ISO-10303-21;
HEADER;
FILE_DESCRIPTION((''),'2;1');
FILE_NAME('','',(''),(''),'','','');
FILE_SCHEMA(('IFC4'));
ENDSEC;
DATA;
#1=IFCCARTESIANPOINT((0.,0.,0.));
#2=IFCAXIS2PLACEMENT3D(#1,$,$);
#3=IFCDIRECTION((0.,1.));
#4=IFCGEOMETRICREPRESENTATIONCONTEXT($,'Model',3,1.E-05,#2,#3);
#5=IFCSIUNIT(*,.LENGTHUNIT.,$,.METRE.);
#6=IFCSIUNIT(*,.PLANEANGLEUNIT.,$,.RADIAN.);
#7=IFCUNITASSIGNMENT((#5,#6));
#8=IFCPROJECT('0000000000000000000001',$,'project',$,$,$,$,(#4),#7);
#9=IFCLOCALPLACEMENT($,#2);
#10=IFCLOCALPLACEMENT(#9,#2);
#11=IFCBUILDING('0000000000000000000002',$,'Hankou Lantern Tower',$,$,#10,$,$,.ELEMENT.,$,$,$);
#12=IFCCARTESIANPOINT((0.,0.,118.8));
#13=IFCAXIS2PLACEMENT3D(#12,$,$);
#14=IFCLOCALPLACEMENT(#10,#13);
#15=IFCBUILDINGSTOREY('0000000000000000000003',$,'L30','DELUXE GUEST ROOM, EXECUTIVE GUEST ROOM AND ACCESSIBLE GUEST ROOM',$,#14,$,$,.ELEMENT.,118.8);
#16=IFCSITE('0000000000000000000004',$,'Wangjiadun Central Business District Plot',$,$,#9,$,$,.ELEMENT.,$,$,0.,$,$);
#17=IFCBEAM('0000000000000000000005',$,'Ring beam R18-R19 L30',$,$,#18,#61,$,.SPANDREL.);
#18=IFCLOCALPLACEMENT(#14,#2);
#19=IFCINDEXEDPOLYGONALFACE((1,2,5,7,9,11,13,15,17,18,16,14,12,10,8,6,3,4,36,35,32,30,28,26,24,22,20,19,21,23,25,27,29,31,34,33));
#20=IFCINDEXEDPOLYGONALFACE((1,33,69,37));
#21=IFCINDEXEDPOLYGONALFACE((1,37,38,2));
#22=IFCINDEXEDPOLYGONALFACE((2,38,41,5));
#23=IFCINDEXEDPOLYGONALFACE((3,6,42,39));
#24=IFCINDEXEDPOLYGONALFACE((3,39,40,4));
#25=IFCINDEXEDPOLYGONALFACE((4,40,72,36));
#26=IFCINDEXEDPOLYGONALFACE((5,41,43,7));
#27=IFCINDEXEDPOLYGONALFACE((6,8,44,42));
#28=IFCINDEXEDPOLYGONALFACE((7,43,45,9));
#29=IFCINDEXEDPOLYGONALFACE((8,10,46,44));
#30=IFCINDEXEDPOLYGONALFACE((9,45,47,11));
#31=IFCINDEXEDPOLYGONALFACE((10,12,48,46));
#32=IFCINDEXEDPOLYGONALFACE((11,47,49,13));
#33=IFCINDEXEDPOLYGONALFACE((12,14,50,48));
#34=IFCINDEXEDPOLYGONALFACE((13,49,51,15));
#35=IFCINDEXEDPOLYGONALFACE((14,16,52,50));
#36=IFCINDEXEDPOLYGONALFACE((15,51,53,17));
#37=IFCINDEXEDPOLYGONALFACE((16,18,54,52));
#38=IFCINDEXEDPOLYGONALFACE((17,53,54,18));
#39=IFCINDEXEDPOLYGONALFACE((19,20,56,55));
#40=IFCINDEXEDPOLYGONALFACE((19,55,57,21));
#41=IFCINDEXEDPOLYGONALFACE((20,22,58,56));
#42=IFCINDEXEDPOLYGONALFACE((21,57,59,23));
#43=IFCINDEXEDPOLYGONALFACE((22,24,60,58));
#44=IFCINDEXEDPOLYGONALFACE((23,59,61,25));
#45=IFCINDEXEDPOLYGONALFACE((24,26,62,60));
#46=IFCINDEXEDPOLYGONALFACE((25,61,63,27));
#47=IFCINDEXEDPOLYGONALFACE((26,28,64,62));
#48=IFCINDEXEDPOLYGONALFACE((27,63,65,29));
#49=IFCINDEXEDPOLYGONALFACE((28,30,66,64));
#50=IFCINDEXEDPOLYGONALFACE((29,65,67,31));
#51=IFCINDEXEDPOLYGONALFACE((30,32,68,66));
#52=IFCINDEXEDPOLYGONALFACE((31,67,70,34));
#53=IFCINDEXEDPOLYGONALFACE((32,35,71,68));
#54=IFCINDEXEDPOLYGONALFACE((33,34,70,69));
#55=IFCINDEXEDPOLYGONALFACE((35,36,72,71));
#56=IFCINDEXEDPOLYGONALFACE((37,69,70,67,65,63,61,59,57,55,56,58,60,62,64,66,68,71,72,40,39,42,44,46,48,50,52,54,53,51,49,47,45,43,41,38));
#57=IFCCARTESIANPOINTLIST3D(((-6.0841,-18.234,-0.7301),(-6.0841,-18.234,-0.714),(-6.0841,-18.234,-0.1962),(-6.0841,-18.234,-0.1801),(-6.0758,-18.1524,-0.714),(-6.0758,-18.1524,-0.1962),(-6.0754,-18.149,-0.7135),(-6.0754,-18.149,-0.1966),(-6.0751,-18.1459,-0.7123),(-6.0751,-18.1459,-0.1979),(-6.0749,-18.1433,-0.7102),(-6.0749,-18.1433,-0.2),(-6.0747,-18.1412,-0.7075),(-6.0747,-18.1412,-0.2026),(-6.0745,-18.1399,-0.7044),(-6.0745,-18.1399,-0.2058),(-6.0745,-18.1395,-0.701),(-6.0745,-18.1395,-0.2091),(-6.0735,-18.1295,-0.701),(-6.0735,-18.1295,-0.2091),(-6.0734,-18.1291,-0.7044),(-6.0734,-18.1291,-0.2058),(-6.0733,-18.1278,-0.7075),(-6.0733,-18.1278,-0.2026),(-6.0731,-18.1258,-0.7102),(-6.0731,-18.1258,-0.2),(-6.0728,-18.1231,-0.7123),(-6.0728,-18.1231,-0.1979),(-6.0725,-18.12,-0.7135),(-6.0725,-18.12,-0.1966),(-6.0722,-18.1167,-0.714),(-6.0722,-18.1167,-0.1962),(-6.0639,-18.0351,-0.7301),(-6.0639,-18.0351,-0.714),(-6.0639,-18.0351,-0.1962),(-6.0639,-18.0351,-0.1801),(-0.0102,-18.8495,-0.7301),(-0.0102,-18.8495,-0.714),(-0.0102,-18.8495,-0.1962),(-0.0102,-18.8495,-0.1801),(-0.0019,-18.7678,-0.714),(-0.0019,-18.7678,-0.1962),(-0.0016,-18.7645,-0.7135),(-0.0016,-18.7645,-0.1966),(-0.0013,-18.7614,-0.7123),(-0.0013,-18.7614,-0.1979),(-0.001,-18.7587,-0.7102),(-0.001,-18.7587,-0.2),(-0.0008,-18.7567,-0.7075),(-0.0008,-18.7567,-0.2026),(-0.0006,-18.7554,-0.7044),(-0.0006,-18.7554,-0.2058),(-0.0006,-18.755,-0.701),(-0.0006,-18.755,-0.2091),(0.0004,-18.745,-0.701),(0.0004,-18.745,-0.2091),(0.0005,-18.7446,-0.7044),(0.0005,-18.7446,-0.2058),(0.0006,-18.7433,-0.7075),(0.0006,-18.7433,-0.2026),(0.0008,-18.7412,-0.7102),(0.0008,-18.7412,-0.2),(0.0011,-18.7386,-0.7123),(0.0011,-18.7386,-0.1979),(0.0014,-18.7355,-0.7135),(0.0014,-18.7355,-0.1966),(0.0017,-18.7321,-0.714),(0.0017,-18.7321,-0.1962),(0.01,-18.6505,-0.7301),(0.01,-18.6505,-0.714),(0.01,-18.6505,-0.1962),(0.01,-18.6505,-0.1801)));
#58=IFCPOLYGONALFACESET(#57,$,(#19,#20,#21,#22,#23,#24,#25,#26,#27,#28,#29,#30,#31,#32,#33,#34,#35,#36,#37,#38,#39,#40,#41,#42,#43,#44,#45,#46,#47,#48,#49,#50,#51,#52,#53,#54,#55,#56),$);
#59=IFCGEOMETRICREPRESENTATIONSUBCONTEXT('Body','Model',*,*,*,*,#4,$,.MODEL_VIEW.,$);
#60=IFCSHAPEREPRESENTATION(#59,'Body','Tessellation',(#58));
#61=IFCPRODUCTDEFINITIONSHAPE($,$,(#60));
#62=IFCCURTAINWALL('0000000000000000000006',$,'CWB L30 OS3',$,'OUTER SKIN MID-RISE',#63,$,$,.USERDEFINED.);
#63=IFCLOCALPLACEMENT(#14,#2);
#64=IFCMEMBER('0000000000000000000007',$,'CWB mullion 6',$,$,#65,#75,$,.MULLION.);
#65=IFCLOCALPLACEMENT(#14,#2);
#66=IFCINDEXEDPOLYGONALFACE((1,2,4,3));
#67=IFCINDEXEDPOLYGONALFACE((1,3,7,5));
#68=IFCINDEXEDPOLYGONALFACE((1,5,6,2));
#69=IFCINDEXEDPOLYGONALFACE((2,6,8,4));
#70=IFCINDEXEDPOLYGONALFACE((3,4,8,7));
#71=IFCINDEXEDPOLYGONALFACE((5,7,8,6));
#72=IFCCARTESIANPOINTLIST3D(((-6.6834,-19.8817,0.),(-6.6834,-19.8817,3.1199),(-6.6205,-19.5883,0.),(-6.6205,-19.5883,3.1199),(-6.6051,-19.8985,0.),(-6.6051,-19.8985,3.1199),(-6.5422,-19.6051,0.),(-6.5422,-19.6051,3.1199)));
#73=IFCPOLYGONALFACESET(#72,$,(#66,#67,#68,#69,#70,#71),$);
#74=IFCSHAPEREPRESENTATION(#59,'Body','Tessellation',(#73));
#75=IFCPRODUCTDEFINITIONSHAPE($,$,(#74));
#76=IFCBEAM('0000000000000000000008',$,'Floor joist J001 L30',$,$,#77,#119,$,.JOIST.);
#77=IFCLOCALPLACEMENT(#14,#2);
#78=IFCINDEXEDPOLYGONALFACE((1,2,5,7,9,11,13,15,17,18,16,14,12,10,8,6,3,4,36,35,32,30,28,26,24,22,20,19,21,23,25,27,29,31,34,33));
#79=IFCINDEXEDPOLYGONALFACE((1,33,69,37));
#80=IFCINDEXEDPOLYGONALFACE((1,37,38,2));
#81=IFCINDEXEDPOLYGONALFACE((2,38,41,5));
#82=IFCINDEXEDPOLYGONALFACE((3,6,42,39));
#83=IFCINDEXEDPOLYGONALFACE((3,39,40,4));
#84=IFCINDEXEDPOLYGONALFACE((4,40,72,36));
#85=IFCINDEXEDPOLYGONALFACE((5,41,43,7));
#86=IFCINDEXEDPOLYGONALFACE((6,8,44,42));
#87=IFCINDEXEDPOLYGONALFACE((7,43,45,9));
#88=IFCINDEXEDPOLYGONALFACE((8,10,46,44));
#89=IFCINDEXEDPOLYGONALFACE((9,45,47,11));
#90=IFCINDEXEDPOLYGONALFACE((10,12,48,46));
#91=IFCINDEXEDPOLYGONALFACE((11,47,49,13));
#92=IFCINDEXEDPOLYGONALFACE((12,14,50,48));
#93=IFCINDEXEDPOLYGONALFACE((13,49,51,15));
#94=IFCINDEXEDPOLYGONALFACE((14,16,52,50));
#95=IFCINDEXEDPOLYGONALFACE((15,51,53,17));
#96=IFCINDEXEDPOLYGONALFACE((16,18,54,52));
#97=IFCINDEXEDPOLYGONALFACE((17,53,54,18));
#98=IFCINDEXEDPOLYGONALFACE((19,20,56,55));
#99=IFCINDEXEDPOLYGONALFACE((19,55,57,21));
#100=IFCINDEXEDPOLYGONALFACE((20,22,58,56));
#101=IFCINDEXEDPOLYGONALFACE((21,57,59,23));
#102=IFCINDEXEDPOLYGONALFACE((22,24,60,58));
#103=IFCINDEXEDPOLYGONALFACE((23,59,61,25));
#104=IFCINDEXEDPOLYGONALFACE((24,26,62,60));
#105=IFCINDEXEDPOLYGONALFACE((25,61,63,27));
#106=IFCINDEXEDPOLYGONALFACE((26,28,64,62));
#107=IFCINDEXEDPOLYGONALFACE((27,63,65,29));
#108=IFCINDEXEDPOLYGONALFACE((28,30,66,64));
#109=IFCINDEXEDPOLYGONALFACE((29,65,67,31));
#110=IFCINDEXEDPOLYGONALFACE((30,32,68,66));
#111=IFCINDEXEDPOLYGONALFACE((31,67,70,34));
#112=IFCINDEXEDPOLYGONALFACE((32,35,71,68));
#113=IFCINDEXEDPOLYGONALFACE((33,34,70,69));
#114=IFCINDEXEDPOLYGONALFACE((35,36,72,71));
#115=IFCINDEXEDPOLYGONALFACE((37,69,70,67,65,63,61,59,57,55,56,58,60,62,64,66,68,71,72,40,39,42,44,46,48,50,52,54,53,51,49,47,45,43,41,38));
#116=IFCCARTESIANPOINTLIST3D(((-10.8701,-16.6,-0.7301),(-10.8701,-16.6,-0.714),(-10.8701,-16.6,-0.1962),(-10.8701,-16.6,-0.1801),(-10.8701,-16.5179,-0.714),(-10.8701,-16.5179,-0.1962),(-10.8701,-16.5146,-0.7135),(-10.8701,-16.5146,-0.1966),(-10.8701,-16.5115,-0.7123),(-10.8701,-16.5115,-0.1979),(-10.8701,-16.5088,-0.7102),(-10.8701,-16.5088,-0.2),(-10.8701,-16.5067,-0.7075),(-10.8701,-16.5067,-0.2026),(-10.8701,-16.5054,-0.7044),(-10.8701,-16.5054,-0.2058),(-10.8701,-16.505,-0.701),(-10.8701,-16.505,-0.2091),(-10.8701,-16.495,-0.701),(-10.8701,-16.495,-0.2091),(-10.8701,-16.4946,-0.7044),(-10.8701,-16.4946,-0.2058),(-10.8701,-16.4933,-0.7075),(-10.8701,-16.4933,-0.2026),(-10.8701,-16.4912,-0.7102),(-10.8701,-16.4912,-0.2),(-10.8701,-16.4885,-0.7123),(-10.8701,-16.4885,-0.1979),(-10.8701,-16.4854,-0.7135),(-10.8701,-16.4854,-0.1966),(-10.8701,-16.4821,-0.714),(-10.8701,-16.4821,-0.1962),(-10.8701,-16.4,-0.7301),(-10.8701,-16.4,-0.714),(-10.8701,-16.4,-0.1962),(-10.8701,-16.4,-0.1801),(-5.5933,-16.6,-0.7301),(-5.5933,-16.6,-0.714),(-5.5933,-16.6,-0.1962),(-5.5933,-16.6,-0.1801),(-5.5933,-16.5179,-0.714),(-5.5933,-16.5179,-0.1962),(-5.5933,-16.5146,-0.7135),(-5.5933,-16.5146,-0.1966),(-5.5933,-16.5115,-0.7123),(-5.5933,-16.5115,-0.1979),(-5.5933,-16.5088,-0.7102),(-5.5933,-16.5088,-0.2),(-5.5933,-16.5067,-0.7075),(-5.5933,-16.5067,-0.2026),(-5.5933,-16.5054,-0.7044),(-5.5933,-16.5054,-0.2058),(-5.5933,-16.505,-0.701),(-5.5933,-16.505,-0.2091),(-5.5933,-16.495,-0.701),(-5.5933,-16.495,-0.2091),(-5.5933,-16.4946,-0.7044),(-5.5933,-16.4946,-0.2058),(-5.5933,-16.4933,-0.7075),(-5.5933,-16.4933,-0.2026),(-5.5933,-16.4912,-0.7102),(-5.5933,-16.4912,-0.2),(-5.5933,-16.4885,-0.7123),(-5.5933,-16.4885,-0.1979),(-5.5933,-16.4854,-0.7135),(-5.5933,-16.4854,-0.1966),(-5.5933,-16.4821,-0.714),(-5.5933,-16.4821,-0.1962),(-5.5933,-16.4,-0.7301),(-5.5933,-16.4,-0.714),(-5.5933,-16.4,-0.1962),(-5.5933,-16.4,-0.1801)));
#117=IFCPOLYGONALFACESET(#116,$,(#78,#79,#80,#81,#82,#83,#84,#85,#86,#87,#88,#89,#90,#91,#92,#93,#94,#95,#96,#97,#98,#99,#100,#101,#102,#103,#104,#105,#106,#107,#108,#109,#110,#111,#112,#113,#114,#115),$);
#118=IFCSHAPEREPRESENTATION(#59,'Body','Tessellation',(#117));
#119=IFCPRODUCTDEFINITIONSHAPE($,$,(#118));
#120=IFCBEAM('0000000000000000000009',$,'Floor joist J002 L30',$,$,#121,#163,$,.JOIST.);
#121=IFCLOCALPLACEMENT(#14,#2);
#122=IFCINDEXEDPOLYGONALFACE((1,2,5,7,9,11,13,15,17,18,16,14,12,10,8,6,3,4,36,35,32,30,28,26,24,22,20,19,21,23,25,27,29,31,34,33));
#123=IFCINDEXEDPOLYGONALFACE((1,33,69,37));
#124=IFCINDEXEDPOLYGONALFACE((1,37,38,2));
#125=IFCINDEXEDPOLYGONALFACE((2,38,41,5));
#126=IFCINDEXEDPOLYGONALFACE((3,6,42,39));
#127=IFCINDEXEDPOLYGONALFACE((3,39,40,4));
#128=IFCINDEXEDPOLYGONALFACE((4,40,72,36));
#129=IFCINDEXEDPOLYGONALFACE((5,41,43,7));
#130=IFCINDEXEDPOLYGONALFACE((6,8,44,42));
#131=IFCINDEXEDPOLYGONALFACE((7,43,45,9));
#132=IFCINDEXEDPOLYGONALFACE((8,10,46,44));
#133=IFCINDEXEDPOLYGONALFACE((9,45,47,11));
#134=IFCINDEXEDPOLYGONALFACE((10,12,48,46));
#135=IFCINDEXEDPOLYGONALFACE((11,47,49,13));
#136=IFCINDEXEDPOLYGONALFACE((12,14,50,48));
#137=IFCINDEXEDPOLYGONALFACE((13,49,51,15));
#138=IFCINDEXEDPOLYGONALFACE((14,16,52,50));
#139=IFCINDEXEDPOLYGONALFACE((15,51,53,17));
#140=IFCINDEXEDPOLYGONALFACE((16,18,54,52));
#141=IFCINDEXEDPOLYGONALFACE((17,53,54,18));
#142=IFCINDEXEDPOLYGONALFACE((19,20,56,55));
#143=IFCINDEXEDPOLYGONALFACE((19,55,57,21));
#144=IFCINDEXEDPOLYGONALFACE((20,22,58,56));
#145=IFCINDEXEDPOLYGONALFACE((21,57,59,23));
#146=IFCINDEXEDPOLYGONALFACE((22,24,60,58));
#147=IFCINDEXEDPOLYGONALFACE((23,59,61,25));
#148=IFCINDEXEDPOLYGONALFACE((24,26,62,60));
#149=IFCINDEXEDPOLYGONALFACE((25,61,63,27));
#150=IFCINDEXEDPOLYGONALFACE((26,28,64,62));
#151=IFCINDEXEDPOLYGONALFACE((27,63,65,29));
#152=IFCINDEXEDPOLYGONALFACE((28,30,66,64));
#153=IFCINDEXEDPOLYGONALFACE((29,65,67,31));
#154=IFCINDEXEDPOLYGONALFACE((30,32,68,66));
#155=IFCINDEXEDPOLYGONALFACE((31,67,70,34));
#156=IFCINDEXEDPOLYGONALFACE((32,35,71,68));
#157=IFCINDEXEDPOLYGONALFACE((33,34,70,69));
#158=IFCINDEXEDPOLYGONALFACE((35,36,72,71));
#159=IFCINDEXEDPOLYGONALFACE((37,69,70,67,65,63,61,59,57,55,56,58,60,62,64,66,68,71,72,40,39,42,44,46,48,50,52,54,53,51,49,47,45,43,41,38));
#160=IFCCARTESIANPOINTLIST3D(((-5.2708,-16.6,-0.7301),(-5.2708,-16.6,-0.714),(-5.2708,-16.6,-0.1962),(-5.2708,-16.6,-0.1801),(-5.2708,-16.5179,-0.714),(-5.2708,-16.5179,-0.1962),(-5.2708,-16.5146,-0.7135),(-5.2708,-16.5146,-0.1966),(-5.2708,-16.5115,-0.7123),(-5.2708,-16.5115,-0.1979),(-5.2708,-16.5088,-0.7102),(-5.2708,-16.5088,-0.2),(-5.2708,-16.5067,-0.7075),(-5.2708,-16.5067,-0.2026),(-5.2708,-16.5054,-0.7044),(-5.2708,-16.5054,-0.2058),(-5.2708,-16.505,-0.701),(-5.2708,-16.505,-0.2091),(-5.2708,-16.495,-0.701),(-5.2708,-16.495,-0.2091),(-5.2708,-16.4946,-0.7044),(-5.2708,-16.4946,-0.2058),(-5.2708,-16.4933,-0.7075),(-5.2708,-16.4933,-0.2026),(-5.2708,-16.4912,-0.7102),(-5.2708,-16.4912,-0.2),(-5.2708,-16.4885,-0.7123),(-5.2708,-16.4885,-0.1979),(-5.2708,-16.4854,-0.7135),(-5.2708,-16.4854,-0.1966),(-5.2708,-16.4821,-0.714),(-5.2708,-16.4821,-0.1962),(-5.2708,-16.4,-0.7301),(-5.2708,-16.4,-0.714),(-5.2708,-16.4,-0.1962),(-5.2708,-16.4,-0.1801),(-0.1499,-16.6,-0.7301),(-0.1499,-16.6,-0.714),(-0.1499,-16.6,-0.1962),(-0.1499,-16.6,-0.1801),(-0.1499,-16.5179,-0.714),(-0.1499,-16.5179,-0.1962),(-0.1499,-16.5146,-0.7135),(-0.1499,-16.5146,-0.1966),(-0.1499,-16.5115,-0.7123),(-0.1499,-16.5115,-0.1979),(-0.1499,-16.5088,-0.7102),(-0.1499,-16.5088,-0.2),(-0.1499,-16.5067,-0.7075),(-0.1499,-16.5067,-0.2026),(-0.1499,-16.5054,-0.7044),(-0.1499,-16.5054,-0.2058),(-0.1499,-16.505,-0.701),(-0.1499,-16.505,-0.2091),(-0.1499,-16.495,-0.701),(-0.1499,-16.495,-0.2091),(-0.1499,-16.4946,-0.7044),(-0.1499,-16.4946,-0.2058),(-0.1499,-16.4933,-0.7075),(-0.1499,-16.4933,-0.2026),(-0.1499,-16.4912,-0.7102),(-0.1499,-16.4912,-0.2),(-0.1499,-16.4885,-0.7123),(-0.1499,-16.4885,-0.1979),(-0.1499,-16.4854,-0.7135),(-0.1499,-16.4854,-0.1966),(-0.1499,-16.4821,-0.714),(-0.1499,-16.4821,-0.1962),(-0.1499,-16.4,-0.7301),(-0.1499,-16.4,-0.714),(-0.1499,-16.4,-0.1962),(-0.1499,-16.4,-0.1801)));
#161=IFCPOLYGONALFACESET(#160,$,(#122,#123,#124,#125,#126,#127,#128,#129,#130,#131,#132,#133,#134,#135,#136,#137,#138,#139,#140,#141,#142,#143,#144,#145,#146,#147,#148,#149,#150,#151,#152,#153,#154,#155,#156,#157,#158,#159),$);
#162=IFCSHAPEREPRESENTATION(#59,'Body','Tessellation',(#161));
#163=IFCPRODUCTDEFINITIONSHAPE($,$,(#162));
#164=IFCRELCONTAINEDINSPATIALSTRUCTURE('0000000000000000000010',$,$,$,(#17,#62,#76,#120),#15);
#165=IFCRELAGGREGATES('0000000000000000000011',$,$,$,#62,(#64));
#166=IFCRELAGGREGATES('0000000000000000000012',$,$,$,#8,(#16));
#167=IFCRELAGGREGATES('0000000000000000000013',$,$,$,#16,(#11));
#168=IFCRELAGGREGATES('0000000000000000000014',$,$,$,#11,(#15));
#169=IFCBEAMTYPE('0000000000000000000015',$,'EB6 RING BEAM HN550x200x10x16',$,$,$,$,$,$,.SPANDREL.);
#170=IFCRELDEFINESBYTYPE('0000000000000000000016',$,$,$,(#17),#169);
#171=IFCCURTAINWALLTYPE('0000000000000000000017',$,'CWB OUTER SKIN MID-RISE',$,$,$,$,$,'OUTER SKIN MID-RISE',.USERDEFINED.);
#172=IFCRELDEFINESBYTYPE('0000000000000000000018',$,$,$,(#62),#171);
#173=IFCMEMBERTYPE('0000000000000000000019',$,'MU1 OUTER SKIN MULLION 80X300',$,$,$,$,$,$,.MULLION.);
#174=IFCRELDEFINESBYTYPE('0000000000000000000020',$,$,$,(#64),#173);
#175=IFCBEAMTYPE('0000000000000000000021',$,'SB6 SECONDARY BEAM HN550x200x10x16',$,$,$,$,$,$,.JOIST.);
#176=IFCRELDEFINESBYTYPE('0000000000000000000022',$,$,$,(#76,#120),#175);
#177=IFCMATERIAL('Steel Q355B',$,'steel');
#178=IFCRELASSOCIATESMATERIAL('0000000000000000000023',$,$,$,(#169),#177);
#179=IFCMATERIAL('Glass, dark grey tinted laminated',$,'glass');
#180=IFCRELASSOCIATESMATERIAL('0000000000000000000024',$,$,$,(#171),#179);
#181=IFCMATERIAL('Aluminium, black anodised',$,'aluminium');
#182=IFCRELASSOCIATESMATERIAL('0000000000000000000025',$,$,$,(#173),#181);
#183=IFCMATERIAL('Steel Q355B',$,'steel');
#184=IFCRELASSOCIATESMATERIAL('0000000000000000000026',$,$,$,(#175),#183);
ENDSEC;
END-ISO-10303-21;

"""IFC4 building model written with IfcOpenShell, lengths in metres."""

from ifc_helpers import new_model, si_unit, direction, frame, origin, origin_2d, place, context, subcontext, project, spatial, rectangle, i_section, extrude, material, material_profile, profile_set, type_object, element, aggregate, save


model = new_model("IFC4")

# Units and contexts
model_context = context("Model", 3, precision=1e-05, world=origin(), true_north=direction((0.0, 1.0)))
body_context = subcontext(model_context, "Body", "Model", "MODEL_VIEW")
ifc_project = project(units=[si_unit("LENGTHUNIT", "METRE"), si_unit("PLANEANGLEUNIT", "RADIAN")], contexts=[model_context])

# Site, building, storey
site_placement = place(None, origin())
site = spatial("IfcSite", under=ifc_project, at=site_placement, Name="Wangjiadun Central Business District Plot", CompositionType="ELEMENT", RefElevation=0.0)
building_placement = place(site_placement, origin())
building = spatial("IfcBuilding", under=site, at=building_placement, Name="Hankou Lantern Tower", CompositionType="ELEMENT")
storey_placement = place(building_placement, frame((0.0, 0.0, 118.8)))
storey = spatial("IfcBuildingStorey", under=building, at=storey_placement, Name="L30", Description="DELUXE GUEST ROOM, EXECUTIVE GUEST ROOM AND ACCESSIBLE GUEST ROOM", CompositionType="ELEMENT", Elevation=118.8)

# Beam
ifc_material_1 = material(Name="Steel Q355B", Category="steel")
ifc_material_profile_1 = material_profile(ifc_material_1, i_section(OverallWidth=0.2, OverallDepth=0.55, WebThickness=0.01, FlangeThickness=0.0161, FilletRadius=0.0129, at=origin_2d()), Name="HN550x200x10x16")
ifc_profile_set_1 = profile_set([ifc_material_profile_1], Name="Steel Q355B")
beam_type_1 = type_object("IfcBeamType", Name="EB6 RING BEAM HN550x200x10x16", PredefinedType="SPANDREL", material=ifc_profile_set_1)
beam_1_placement = place(storey_placement, frame((-6.074, -18.1345, -0.4551), z_axis=(0.994905, -0.100814, 0.0), x_axis=(0.100814, 0.994905, 0.0)))
element("IfcBeam", 1, at=beam_1_placement, inside=storey, type_object=beam_type_1, Name="Ring beam R18-R19 L30", PredefinedType="SPANDREL", context=body_context, shape_type="SweptSolid", body=[
    extrude(i_section(OverallWidth=0.2, OverallDepth=0.55, WebThickness=0.01, FlangeThickness=0.0161, FilletRadius=0.0129, at=origin_2d()), origin(), (0.0, 0.0, 1.0), 6.105),
])

# Curtain wall, member
ifc_material_2 = material(Name="Glass, dark grey tinted laminated", Category="glass")
curtain_wall_type = type_object("IfcCurtainWallType", Name="CWB OUTER SKIN MID-RISE", ElementType="OUTER SKIN MID-RISE", PredefinedType="USERDEFINED", material=ifc_material_2)
curtain_wall_placement = place(storey_placement, origin())
curtain_wall = element("IfcCurtainWall", 2, at=curtain_wall_placement, inside=storey, type_object=curtain_wall_type, Name="CWB L30 OS3", ObjectType="OUTER SKIN MID-RISE", PredefinedType="USERDEFINED")
ifc_material_3 = material(Name="Aluminium, black anodised", Category="aluminium")
ifc_material_profile_2 = material_profile(ifc_material_3, rectangle(XDim=0.0801, YDim=0.3, at=origin_2d()), Name="MU1 80X300")
ifc_profile_set_2 = profile_set([ifc_material_profile_2], Name="Aluminium, black anodised")
member_type_1 = type_object("IfcMemberType", Name="MU1 OUTER SKIN MULLION 80X300", PredefinedType="MULLION", material=ifc_profile_set_2)
member_1_placement = place(storey_placement, frame((-6.6128, -19.7434, 0.0), z_axis=(0.0, 0.0, 1.0), x_axis=(0.977788, -0.209598, 0.0)))
member_1 = element("IfcMember", 3, at=member_1_placement, type_object=member_type_1, Name="CWB mullion 6", PredefinedType="MULLION", context=body_context, shape_type="SweptSolid", body=[
    extrude(rectangle(XDim=0.0801, YDim=0.3, at=origin_2d()), origin(), (0.0, 0.0, 1.0), 3.1199),
])

# Beams
ifc_material_4 = material(Name="Steel Q355B", Category="steel")
ifc_material_profile_3 = material_profile(ifc_material_4, i_section(OverallWidth=0.2, OverallDepth=0.55, WebThickness=0.01, FlangeThickness=0.0161, FilletRadius=0.0129, at=origin_2d()), Name="HN550x200x10x16")
ifc_profile_set_3 = profile_set([ifc_material_profile_3], Name="Steel Q355B")
beam_type_2 = type_object("IfcBeamType", Name="SB6 SECONDARY BEAM HN550x200x10x16", PredefinedType="JOIST", material=ifc_profile_set_3)
beam_2_placement = place(storey_placement, frame((-10.8701, -16.5, -0.4551), z_axis=(1.0, 0.0, 0.0), x_axis=(0.0, 1.0, 0.0)))
element("IfcBeam", 4, at=beam_2_placement, inside=storey, type_object=beam_type_2, Name="Floor joist J001 L30", PredefinedType="JOIST", context=body_context, shape_type="SweptSolid", body=[
    extrude(i_section(OverallWidth=0.2, OverallDepth=0.55, WebThickness=0.01, FlangeThickness=0.0161, FilletRadius=0.0129, at=origin_2d()), origin(), (0.0, 0.0, 1.0), 5.2769),
])
beam_3_placement = place(storey_placement, frame((-5.2708, -16.5, -0.4551), z_axis=(1.0, 0.0, 0.0), x_axis=(0.0, 1.0, 0.0)))
element("IfcBeam", 5, at=beam_3_placement, inside=storey, type_object=beam_type_2, Name="Floor joist J002 L30", PredefinedType="JOIST", context=body_context, shape_type="SweptSolid", body=[
    extrude(i_section(OverallWidth=0.2, OverallDepth=0.55, WebThickness=0.01, FlangeThickness=0.0161, FilletRadius=0.0129, at=origin_2d()), origin(), (0.0, 0.0, 1.0), 5.1208),
])

aggregate(curtain_wall, [member_1])

save(model, "model.ifc")
